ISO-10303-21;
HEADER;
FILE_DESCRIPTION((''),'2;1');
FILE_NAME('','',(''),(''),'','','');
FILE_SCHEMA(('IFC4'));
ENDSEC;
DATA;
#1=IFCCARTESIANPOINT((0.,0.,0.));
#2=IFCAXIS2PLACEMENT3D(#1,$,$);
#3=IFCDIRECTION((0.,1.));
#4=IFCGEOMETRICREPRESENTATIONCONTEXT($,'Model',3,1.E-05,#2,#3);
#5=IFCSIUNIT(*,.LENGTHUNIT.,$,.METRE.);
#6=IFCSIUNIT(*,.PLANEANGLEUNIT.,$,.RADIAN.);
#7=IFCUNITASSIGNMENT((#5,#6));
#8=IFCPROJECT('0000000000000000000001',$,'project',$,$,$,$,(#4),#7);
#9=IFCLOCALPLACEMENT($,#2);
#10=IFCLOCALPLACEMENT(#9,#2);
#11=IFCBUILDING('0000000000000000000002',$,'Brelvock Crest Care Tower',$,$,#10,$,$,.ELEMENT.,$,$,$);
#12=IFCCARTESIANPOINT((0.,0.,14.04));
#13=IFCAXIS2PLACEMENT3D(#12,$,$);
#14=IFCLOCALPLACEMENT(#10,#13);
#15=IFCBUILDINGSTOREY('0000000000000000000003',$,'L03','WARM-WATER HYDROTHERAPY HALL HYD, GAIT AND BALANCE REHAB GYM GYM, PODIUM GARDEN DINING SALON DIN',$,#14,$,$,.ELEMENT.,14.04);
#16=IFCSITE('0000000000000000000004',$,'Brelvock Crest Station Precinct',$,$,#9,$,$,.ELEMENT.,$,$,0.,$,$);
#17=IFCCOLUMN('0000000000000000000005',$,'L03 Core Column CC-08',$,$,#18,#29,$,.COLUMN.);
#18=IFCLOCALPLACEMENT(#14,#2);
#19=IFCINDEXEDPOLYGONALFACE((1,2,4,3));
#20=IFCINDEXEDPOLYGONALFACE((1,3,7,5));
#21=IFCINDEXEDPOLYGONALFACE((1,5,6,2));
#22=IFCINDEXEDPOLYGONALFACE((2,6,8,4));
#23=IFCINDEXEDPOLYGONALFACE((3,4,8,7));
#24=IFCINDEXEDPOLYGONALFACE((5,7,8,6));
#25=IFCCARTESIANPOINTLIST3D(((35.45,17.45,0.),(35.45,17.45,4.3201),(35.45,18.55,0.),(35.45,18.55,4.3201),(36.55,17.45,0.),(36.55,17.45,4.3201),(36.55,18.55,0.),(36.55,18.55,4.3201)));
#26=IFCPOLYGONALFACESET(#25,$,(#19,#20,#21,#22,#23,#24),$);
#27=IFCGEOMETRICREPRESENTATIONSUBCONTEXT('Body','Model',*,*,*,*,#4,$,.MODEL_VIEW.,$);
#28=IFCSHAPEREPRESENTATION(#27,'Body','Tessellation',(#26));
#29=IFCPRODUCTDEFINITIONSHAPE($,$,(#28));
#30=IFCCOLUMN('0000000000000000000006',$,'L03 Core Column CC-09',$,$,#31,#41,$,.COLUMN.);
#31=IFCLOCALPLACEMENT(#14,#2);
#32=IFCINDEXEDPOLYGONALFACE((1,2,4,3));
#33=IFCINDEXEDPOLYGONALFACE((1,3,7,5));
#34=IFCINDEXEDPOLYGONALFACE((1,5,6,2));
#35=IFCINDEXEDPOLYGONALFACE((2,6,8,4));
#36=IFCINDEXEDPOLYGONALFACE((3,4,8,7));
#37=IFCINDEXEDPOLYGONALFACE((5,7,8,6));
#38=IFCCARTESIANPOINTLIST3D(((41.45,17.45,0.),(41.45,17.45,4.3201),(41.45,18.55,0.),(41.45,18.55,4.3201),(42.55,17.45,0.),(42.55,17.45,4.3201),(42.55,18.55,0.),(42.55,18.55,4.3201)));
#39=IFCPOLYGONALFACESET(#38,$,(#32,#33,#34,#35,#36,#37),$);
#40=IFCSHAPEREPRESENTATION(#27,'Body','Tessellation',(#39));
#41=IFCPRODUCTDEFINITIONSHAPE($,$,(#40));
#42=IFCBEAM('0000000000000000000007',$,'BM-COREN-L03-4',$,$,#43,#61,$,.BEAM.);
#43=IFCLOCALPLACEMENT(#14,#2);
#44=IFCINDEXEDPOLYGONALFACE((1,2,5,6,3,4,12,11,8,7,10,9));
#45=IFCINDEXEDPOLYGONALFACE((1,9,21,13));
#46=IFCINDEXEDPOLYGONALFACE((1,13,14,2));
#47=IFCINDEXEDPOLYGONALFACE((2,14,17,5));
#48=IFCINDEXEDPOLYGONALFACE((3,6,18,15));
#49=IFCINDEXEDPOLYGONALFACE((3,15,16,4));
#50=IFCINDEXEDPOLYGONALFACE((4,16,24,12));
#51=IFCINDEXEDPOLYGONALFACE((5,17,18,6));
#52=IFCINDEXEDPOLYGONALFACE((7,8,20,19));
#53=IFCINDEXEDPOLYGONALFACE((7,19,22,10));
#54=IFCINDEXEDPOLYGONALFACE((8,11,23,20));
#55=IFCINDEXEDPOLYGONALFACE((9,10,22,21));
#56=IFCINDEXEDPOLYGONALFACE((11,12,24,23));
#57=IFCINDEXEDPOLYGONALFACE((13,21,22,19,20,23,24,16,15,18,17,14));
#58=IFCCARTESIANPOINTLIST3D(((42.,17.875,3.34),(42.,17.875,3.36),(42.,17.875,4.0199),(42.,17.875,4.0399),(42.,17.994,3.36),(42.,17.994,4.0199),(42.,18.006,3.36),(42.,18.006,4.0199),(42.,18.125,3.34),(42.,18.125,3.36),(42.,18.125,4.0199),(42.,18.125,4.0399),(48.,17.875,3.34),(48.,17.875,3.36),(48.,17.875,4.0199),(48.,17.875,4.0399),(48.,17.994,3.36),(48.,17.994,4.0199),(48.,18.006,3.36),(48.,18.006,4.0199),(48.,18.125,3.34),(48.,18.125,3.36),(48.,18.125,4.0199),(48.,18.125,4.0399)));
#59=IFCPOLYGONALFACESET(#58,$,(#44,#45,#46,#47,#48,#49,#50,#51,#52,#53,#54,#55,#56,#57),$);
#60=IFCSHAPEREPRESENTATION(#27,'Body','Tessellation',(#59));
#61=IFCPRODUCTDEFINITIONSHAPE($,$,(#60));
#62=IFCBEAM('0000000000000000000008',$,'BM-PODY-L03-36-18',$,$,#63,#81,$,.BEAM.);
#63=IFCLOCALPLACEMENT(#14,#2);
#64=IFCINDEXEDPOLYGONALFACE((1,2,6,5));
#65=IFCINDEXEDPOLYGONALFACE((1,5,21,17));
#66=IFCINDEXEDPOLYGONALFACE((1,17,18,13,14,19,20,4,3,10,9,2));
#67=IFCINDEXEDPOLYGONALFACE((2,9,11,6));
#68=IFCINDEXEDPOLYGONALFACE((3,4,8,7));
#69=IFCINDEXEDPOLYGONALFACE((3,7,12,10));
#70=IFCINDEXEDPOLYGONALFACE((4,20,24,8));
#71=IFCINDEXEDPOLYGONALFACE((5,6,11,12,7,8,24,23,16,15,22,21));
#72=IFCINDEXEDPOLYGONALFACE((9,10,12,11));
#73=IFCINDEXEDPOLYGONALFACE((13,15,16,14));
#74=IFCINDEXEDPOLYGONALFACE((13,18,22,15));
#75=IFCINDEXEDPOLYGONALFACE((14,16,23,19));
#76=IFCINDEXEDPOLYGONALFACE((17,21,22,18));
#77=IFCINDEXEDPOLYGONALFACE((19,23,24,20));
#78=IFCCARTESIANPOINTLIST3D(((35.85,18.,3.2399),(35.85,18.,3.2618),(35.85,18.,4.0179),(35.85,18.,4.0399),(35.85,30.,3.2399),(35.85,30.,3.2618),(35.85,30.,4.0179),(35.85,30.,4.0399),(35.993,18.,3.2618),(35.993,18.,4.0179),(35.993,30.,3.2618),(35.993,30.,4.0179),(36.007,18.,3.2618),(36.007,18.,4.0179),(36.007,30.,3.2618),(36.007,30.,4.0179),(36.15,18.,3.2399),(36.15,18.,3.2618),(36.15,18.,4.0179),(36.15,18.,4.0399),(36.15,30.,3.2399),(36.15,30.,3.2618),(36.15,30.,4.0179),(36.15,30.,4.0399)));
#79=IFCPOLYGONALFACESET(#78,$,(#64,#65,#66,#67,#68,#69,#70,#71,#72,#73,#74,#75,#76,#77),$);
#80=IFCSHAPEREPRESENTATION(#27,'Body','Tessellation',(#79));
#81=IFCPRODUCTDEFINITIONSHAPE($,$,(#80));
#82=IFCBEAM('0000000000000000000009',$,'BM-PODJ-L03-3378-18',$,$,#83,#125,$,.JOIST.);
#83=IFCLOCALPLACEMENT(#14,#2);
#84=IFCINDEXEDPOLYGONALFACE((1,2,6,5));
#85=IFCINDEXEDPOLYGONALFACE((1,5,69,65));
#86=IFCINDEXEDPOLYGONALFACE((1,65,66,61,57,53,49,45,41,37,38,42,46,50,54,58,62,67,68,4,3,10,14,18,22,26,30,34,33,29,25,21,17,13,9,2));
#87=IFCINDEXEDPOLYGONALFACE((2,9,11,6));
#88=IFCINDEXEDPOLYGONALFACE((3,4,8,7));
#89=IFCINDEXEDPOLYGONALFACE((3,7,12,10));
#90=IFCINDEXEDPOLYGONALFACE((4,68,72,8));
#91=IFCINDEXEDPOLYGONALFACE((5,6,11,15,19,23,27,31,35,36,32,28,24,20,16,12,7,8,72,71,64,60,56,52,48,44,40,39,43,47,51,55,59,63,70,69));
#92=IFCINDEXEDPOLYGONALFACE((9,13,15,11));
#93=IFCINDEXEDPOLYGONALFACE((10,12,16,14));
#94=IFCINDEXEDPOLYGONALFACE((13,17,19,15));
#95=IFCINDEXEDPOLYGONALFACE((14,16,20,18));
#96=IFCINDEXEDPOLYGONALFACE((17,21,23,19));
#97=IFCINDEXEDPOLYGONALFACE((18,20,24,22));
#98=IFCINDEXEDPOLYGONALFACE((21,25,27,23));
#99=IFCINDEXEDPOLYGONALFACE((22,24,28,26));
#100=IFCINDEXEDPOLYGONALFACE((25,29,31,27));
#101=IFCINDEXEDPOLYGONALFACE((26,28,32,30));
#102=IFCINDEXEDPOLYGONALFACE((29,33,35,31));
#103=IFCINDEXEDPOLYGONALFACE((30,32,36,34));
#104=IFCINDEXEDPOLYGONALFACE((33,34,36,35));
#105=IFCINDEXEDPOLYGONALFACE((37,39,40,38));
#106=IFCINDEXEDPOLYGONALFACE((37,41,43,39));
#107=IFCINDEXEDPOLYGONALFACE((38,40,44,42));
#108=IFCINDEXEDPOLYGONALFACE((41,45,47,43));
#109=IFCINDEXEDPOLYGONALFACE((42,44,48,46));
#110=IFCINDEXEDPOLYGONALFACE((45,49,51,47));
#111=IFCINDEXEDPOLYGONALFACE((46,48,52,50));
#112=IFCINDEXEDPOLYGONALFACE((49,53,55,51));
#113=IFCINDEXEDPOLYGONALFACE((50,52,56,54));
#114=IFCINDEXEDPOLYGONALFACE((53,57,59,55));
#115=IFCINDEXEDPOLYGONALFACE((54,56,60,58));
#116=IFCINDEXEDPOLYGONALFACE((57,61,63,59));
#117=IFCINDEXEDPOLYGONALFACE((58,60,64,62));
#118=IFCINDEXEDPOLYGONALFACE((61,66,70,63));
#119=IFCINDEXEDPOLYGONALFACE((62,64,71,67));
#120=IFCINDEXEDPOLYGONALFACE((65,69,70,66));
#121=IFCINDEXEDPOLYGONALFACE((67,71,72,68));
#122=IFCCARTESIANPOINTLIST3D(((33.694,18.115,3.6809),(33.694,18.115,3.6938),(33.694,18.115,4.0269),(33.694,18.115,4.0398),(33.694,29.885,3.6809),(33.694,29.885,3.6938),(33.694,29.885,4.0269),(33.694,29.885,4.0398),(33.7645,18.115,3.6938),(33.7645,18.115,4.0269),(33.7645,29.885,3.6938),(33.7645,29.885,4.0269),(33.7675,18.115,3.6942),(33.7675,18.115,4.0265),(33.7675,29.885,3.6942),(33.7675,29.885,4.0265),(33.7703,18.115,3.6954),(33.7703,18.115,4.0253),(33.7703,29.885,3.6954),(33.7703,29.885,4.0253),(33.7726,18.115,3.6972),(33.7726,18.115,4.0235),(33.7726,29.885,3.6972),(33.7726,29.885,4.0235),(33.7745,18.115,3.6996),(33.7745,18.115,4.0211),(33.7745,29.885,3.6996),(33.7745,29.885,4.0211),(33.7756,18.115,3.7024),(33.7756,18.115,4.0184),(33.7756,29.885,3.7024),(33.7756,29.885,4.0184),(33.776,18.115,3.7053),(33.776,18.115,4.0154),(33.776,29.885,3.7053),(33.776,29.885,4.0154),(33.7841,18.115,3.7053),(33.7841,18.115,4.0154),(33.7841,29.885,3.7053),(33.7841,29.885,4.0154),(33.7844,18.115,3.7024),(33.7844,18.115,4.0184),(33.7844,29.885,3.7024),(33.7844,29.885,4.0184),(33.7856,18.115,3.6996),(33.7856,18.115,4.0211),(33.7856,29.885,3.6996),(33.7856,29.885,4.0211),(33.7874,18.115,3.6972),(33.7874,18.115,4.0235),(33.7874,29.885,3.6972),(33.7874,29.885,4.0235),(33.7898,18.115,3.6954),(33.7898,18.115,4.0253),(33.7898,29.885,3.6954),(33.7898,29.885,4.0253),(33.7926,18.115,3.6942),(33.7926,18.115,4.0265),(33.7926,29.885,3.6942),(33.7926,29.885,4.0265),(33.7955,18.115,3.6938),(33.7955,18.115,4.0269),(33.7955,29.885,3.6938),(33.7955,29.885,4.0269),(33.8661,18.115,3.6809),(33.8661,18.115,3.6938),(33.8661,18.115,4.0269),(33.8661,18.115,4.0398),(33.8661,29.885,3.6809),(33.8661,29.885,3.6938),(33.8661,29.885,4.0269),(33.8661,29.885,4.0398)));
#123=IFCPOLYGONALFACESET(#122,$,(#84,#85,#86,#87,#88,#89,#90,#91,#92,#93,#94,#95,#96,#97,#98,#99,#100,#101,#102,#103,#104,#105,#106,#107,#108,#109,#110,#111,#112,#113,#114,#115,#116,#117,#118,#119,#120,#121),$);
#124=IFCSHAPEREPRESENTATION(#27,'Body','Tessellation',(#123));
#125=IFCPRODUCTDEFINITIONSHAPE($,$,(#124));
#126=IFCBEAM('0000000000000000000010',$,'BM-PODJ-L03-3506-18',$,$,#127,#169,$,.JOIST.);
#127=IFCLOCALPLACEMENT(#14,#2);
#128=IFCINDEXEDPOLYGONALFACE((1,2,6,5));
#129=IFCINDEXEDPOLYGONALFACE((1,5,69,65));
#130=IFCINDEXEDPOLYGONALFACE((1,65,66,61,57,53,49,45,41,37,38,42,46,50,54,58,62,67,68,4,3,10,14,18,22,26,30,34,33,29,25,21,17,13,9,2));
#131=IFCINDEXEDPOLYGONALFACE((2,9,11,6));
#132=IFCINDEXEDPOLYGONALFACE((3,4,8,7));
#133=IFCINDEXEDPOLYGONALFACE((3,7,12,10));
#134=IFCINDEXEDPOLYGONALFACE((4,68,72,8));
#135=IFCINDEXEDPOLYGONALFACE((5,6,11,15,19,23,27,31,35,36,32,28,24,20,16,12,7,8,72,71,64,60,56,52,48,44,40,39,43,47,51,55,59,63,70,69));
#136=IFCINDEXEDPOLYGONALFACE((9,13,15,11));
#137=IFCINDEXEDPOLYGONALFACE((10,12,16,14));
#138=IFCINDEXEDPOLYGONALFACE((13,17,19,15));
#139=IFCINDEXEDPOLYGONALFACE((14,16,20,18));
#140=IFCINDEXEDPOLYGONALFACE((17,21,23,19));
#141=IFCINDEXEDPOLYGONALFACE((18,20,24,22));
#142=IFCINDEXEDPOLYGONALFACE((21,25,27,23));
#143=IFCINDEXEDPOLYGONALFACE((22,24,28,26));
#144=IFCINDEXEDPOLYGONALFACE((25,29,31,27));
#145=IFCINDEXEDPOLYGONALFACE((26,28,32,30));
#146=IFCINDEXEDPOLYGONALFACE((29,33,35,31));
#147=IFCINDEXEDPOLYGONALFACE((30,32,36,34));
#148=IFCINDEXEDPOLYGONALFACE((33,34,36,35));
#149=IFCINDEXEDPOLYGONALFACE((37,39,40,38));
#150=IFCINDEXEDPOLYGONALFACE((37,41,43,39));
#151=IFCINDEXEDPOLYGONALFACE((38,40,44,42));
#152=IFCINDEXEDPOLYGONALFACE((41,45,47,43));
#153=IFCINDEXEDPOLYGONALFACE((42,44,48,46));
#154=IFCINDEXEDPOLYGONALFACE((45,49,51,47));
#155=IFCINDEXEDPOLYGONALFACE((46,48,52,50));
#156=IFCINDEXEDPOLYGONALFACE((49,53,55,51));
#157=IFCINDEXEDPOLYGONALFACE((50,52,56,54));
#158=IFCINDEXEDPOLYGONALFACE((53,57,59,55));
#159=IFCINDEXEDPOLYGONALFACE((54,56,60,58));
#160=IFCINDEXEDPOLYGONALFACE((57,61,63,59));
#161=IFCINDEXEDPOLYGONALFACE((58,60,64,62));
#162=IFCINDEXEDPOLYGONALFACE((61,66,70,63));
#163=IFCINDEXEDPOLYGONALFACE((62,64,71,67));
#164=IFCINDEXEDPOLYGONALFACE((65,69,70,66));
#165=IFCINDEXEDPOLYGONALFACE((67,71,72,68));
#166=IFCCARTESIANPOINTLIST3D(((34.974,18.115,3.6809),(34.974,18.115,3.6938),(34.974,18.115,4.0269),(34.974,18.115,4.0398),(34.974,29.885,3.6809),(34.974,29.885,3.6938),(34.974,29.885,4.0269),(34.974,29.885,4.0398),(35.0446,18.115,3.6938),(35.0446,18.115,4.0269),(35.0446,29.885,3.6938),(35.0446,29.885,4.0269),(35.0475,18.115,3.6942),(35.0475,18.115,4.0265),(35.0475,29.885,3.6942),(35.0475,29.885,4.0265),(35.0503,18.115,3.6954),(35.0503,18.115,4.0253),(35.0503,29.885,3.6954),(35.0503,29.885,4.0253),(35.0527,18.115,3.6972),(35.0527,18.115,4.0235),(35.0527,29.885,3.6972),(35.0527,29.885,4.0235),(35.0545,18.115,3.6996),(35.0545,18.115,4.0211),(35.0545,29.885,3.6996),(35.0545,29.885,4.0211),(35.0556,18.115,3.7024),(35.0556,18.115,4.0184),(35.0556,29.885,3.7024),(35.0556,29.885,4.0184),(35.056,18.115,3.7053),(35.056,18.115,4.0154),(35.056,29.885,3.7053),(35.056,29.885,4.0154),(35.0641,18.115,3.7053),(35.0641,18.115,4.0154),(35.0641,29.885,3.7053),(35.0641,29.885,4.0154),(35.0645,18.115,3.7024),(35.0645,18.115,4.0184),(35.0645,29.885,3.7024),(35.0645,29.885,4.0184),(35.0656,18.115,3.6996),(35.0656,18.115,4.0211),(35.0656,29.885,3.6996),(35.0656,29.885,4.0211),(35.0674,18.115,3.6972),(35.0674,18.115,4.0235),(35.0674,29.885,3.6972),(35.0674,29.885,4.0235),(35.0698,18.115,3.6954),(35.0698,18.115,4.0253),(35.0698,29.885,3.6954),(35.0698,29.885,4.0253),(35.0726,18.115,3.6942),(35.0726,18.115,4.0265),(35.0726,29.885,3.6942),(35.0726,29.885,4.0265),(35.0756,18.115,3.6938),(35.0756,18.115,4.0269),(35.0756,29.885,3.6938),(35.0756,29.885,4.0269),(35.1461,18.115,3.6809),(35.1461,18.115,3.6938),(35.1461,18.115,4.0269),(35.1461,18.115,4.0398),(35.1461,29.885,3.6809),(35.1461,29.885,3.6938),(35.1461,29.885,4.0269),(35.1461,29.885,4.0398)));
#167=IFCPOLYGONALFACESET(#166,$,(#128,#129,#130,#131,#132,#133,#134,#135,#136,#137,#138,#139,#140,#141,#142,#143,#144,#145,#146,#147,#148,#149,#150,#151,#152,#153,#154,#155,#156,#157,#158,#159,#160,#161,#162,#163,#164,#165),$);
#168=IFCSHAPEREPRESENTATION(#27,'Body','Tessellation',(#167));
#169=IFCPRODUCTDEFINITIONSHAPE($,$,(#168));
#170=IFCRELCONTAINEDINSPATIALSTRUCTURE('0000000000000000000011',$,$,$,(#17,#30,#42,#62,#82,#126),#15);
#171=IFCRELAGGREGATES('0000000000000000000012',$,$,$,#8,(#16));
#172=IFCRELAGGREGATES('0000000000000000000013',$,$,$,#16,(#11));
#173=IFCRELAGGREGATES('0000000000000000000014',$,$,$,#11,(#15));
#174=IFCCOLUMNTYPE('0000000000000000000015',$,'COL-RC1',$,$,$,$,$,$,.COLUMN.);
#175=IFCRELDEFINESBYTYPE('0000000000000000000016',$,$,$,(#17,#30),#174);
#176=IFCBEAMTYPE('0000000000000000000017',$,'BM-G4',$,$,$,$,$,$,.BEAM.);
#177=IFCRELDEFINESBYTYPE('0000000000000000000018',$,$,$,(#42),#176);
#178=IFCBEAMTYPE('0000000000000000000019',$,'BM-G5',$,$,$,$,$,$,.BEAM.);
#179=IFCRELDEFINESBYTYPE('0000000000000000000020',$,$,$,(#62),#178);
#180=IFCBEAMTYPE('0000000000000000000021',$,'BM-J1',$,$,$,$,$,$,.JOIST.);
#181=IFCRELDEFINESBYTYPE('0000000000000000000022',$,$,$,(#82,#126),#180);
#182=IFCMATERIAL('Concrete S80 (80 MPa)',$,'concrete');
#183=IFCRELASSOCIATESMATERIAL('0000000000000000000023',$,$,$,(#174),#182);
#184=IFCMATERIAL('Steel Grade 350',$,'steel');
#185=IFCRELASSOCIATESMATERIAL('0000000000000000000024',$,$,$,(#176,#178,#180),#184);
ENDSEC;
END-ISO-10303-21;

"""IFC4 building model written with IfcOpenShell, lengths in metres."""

from ifc_helpers import new_model, si_unit, direction, frame, origin, origin_2d, place, context, subcontext, project, spatial, rectangle, i_section, extrude, source, transform, mapped, material, material_profile, profile_set, type_object, element, save


model = new_model("IFC4")

# Units and contexts
model_context = context("Model", 3, precision=1e-05, world=origin(), true_north=direction((0.0, 1.0)))
body_context = subcontext(model_context, "Body", "Model", "MODEL_VIEW")
ifc_project = project(units=[si_unit("LENGTHUNIT", "METRE"), si_unit("PLANEANGLEUNIT", "RADIAN")], contexts=[model_context])

# Site, building, storey
site_placement = place(None, origin())
site = spatial("IfcSite", under=ifc_project, at=site_placement, Name="Brelvock Crest Station Precinct", CompositionType="ELEMENT", RefElevation=0.0)
building_placement = place(site_placement, origin())
building = spatial("IfcBuilding", under=site, at=building_placement, Name="Brelvock Crest Care Tower", CompositionType="ELEMENT")
storey_placement = place(building_placement, frame((0.0, 0.0, 14.04)))
storey = spatial("IfcBuildingStorey", under=building, at=storey_placement, Name="L03", Description="WARM-WATER HYDROTHERAPY HALL HYD, GAIT AND BALANCE REHAB GYM GYM, PODIUM GARDEN DINING SALON DIN", CompositionType="ELEMENT", Elevation=14.04)

# Columns
ifc_material_1 = material(Name="Concrete S80 (80 MPa)", Category="concrete")
ifc_material_profile_1 = material_profile(ifc_material_1, rectangle(XDim=1.1001, YDim=1.1001, at=origin_2d()), Name="RC1100x1100")
ifc_profile_set_1 = profile_set([ifc_material_profile_1], Name="Concrete S80 (80 MPa)")
column_type = type_object("IfcColumnType", Name="COL-RC1", PredefinedType="COLUMN", material=ifc_profile_set_1)
shared_shape_1 = source(origin(), body_context, "Body", "SweptSolid", [
    extrude(rectangle(XDim=1.1001, YDim=1.1001, at=origin_2d()), origin(), (0.0, 0.0, 1.0), 4.3201),
])
for number, where, z_axis, x_axis, name in (
    (1, (36.0, 18.0, 0.0), (0.0, 0.0, 1.0), (1.0, 0.0, 0.0), "L03 Core Column CC-08"),
    (2, (42.0, 18.0, 0.0), (0.0, 0.0, 1.0), (1.0, 0.0, 0.0), "L03 Core Column CC-09"),
):
    element("IfcColumn", number, at=place(storey_placement, frame(where, z_axis=z_axis, x_axis=x_axis)), inside=storey, type_object=column_type, Name=name, PredefinedType="COLUMN", context=body_context, shape_type="MappedRepresentation", body=[
        mapped(shared_shape_1, transform((0.0, 0.0, 0.0), x_axis=(1.0, 0.0, 0.0), y_axis=(0.0, 1.0, 0.0), z_axis=(0.0, 0.0, 1.0), scale=1.0)),
    ])

# Beams
ifc_material_2 = material(Name="Steel Grade 350", Category="steel")
ifc_material_profile_2 = material_profile(ifc_material_2, i_section(OverallWidth=0.25, OverallDepth=0.7, WebThickness=0.012, FlangeThickness=0.02, at=origin_2d()), Name="700WB150")
ifc_profile_set_2 = profile_set([ifc_material_profile_2], Name="Steel Grade 350")
beam_type_1 = type_object("IfcBeamType", Name="BM-G4", PredefinedType="BEAM", material=ifc_profile_set_2)
shared_shape_2 = source(origin(), body_context, "Body", "SweptSolid", [
    extrude(i_section(OverallWidth=0.25, OverallDepth=0.7, WebThickness=0.012, FlangeThickness=0.02, at=origin_2d()), origin(), (0.0, 0.0, 1.0), 6.0),
])
beam_1_placement = place(storey_placement, frame((42.0, 18.0, 3.6899), z_axis=(1.0, 0.0, 0.0), x_axis=(0.0, 1.0, 0.0)))
element("IfcBeam", 3, at=beam_1_placement, inside=storey, type_object=beam_type_1, Name="BM-COREN-L03-4", PredefinedType="BEAM", context=body_context, shape_type="MappedRepresentation", body=[
    mapped(shared_shape_2, transform((0.0, 0.0, 0.0), x_axis=(1.0, 0.0, 0.0), y_axis=(0.0, 1.0, 0.0), z_axis=(0.0, 0.0, 1.0), scale=1.0)),
])
ifc_material_profile_3 = material_profile(ifc_material_2, i_section(OverallWidth=0.3, OverallDepth=0.8, WebThickness=0.0139, FlangeThickness=0.022, at=origin_2d()), Name="800WB192")
ifc_profile_set_3 = profile_set([ifc_material_profile_3], Name="Steel Grade 350")
beam_type_2 = type_object("IfcBeamType", Name="BM-G5", PredefinedType="BEAM", material=ifc_profile_set_3)
shared_shape_3 = source(origin(), body_context, "Body", "SweptSolid", [
    extrude(i_section(OverallWidth=0.3, OverallDepth=0.8, WebThickness=0.0139, FlangeThickness=0.022, at=origin_2d()), origin(), (0.0, 0.0, 1.0), 12.0),
])
beam_2_placement = place(storey_placement, frame((36.0, 18.0, 3.6399), z_axis=(0.0, 1.0, 0.0), x_axis=(-1.0, 0.0, 0.0)))
element("IfcBeam", 4, at=beam_2_placement, inside=storey, type_object=beam_type_2, Name="BM-PODY-L03-36-18", PredefinedType="BEAM", context=body_context, shape_type="MappedRepresentation", body=[
    mapped(shared_shape_3, transform((0.0, 0.0, 0.0), x_axis=(1.0, 0.0, 0.0), y_axis=(0.0, 1.0, 0.0), z_axis=(0.0, 0.0, 1.0), scale=1.0)),
])
ifc_material_profile_4 = material_profile(ifc_material_2, i_section(OverallWidth=0.1721, OverallDepth=0.3589, WebThickness=0.0081, FlangeThickness=0.0129, FilletRadius=0.0115, at=origin_2d()), Name="360UB56.7")
ifc_profile_set_4 = profile_set([ifc_material_profile_4], Name="Steel Grade 350")
beam_type_3 = type_object("IfcBeamType", Name="BM-J1", PredefinedType="JOIST", material=ifc_profile_set_4)
shared_shape_4 = source(origin(), body_context, "Body", "SweptSolid", [
    extrude(i_section(OverallWidth=0.1721, OverallDepth=0.3589, WebThickness=0.0081, FlangeThickness=0.0129, FilletRadius=0.0115, at=origin_2d()), origin(), (0.0, 0.0, 1.0), 11.77),
])
for number, where, z_axis, x_axis, name in (
    (5, (33.78, 18.115, 3.8604), (0.0, 1.0, 0.0), (-1.0, 0.0, 0.0), "BM-PODJ-L03-3378-18"),
    (6, (35.0601, 18.115, 3.8604), (0.0, 1.0, 0.0), (-1.0, 0.0, 0.0), "BM-PODJ-L03-3506-18"),
):
    element("IfcBeam", number, at=place(storey_placement, frame(where, z_axis=z_axis, x_axis=x_axis)), inside=storey, type_object=beam_type_3, Name=name, PredefinedType="JOIST", context=body_context, shape_type="MappedRepresentation", body=[
        mapped(shared_shape_4, transform((0.0, 0.0, 0.0), x_axis=(1.0, 0.0, 0.0), y_axis=(0.0, 1.0, 0.0), z_axis=(0.0, 0.0, 1.0), scale=1.0)),
    ])

save(model, "model.ifc")
